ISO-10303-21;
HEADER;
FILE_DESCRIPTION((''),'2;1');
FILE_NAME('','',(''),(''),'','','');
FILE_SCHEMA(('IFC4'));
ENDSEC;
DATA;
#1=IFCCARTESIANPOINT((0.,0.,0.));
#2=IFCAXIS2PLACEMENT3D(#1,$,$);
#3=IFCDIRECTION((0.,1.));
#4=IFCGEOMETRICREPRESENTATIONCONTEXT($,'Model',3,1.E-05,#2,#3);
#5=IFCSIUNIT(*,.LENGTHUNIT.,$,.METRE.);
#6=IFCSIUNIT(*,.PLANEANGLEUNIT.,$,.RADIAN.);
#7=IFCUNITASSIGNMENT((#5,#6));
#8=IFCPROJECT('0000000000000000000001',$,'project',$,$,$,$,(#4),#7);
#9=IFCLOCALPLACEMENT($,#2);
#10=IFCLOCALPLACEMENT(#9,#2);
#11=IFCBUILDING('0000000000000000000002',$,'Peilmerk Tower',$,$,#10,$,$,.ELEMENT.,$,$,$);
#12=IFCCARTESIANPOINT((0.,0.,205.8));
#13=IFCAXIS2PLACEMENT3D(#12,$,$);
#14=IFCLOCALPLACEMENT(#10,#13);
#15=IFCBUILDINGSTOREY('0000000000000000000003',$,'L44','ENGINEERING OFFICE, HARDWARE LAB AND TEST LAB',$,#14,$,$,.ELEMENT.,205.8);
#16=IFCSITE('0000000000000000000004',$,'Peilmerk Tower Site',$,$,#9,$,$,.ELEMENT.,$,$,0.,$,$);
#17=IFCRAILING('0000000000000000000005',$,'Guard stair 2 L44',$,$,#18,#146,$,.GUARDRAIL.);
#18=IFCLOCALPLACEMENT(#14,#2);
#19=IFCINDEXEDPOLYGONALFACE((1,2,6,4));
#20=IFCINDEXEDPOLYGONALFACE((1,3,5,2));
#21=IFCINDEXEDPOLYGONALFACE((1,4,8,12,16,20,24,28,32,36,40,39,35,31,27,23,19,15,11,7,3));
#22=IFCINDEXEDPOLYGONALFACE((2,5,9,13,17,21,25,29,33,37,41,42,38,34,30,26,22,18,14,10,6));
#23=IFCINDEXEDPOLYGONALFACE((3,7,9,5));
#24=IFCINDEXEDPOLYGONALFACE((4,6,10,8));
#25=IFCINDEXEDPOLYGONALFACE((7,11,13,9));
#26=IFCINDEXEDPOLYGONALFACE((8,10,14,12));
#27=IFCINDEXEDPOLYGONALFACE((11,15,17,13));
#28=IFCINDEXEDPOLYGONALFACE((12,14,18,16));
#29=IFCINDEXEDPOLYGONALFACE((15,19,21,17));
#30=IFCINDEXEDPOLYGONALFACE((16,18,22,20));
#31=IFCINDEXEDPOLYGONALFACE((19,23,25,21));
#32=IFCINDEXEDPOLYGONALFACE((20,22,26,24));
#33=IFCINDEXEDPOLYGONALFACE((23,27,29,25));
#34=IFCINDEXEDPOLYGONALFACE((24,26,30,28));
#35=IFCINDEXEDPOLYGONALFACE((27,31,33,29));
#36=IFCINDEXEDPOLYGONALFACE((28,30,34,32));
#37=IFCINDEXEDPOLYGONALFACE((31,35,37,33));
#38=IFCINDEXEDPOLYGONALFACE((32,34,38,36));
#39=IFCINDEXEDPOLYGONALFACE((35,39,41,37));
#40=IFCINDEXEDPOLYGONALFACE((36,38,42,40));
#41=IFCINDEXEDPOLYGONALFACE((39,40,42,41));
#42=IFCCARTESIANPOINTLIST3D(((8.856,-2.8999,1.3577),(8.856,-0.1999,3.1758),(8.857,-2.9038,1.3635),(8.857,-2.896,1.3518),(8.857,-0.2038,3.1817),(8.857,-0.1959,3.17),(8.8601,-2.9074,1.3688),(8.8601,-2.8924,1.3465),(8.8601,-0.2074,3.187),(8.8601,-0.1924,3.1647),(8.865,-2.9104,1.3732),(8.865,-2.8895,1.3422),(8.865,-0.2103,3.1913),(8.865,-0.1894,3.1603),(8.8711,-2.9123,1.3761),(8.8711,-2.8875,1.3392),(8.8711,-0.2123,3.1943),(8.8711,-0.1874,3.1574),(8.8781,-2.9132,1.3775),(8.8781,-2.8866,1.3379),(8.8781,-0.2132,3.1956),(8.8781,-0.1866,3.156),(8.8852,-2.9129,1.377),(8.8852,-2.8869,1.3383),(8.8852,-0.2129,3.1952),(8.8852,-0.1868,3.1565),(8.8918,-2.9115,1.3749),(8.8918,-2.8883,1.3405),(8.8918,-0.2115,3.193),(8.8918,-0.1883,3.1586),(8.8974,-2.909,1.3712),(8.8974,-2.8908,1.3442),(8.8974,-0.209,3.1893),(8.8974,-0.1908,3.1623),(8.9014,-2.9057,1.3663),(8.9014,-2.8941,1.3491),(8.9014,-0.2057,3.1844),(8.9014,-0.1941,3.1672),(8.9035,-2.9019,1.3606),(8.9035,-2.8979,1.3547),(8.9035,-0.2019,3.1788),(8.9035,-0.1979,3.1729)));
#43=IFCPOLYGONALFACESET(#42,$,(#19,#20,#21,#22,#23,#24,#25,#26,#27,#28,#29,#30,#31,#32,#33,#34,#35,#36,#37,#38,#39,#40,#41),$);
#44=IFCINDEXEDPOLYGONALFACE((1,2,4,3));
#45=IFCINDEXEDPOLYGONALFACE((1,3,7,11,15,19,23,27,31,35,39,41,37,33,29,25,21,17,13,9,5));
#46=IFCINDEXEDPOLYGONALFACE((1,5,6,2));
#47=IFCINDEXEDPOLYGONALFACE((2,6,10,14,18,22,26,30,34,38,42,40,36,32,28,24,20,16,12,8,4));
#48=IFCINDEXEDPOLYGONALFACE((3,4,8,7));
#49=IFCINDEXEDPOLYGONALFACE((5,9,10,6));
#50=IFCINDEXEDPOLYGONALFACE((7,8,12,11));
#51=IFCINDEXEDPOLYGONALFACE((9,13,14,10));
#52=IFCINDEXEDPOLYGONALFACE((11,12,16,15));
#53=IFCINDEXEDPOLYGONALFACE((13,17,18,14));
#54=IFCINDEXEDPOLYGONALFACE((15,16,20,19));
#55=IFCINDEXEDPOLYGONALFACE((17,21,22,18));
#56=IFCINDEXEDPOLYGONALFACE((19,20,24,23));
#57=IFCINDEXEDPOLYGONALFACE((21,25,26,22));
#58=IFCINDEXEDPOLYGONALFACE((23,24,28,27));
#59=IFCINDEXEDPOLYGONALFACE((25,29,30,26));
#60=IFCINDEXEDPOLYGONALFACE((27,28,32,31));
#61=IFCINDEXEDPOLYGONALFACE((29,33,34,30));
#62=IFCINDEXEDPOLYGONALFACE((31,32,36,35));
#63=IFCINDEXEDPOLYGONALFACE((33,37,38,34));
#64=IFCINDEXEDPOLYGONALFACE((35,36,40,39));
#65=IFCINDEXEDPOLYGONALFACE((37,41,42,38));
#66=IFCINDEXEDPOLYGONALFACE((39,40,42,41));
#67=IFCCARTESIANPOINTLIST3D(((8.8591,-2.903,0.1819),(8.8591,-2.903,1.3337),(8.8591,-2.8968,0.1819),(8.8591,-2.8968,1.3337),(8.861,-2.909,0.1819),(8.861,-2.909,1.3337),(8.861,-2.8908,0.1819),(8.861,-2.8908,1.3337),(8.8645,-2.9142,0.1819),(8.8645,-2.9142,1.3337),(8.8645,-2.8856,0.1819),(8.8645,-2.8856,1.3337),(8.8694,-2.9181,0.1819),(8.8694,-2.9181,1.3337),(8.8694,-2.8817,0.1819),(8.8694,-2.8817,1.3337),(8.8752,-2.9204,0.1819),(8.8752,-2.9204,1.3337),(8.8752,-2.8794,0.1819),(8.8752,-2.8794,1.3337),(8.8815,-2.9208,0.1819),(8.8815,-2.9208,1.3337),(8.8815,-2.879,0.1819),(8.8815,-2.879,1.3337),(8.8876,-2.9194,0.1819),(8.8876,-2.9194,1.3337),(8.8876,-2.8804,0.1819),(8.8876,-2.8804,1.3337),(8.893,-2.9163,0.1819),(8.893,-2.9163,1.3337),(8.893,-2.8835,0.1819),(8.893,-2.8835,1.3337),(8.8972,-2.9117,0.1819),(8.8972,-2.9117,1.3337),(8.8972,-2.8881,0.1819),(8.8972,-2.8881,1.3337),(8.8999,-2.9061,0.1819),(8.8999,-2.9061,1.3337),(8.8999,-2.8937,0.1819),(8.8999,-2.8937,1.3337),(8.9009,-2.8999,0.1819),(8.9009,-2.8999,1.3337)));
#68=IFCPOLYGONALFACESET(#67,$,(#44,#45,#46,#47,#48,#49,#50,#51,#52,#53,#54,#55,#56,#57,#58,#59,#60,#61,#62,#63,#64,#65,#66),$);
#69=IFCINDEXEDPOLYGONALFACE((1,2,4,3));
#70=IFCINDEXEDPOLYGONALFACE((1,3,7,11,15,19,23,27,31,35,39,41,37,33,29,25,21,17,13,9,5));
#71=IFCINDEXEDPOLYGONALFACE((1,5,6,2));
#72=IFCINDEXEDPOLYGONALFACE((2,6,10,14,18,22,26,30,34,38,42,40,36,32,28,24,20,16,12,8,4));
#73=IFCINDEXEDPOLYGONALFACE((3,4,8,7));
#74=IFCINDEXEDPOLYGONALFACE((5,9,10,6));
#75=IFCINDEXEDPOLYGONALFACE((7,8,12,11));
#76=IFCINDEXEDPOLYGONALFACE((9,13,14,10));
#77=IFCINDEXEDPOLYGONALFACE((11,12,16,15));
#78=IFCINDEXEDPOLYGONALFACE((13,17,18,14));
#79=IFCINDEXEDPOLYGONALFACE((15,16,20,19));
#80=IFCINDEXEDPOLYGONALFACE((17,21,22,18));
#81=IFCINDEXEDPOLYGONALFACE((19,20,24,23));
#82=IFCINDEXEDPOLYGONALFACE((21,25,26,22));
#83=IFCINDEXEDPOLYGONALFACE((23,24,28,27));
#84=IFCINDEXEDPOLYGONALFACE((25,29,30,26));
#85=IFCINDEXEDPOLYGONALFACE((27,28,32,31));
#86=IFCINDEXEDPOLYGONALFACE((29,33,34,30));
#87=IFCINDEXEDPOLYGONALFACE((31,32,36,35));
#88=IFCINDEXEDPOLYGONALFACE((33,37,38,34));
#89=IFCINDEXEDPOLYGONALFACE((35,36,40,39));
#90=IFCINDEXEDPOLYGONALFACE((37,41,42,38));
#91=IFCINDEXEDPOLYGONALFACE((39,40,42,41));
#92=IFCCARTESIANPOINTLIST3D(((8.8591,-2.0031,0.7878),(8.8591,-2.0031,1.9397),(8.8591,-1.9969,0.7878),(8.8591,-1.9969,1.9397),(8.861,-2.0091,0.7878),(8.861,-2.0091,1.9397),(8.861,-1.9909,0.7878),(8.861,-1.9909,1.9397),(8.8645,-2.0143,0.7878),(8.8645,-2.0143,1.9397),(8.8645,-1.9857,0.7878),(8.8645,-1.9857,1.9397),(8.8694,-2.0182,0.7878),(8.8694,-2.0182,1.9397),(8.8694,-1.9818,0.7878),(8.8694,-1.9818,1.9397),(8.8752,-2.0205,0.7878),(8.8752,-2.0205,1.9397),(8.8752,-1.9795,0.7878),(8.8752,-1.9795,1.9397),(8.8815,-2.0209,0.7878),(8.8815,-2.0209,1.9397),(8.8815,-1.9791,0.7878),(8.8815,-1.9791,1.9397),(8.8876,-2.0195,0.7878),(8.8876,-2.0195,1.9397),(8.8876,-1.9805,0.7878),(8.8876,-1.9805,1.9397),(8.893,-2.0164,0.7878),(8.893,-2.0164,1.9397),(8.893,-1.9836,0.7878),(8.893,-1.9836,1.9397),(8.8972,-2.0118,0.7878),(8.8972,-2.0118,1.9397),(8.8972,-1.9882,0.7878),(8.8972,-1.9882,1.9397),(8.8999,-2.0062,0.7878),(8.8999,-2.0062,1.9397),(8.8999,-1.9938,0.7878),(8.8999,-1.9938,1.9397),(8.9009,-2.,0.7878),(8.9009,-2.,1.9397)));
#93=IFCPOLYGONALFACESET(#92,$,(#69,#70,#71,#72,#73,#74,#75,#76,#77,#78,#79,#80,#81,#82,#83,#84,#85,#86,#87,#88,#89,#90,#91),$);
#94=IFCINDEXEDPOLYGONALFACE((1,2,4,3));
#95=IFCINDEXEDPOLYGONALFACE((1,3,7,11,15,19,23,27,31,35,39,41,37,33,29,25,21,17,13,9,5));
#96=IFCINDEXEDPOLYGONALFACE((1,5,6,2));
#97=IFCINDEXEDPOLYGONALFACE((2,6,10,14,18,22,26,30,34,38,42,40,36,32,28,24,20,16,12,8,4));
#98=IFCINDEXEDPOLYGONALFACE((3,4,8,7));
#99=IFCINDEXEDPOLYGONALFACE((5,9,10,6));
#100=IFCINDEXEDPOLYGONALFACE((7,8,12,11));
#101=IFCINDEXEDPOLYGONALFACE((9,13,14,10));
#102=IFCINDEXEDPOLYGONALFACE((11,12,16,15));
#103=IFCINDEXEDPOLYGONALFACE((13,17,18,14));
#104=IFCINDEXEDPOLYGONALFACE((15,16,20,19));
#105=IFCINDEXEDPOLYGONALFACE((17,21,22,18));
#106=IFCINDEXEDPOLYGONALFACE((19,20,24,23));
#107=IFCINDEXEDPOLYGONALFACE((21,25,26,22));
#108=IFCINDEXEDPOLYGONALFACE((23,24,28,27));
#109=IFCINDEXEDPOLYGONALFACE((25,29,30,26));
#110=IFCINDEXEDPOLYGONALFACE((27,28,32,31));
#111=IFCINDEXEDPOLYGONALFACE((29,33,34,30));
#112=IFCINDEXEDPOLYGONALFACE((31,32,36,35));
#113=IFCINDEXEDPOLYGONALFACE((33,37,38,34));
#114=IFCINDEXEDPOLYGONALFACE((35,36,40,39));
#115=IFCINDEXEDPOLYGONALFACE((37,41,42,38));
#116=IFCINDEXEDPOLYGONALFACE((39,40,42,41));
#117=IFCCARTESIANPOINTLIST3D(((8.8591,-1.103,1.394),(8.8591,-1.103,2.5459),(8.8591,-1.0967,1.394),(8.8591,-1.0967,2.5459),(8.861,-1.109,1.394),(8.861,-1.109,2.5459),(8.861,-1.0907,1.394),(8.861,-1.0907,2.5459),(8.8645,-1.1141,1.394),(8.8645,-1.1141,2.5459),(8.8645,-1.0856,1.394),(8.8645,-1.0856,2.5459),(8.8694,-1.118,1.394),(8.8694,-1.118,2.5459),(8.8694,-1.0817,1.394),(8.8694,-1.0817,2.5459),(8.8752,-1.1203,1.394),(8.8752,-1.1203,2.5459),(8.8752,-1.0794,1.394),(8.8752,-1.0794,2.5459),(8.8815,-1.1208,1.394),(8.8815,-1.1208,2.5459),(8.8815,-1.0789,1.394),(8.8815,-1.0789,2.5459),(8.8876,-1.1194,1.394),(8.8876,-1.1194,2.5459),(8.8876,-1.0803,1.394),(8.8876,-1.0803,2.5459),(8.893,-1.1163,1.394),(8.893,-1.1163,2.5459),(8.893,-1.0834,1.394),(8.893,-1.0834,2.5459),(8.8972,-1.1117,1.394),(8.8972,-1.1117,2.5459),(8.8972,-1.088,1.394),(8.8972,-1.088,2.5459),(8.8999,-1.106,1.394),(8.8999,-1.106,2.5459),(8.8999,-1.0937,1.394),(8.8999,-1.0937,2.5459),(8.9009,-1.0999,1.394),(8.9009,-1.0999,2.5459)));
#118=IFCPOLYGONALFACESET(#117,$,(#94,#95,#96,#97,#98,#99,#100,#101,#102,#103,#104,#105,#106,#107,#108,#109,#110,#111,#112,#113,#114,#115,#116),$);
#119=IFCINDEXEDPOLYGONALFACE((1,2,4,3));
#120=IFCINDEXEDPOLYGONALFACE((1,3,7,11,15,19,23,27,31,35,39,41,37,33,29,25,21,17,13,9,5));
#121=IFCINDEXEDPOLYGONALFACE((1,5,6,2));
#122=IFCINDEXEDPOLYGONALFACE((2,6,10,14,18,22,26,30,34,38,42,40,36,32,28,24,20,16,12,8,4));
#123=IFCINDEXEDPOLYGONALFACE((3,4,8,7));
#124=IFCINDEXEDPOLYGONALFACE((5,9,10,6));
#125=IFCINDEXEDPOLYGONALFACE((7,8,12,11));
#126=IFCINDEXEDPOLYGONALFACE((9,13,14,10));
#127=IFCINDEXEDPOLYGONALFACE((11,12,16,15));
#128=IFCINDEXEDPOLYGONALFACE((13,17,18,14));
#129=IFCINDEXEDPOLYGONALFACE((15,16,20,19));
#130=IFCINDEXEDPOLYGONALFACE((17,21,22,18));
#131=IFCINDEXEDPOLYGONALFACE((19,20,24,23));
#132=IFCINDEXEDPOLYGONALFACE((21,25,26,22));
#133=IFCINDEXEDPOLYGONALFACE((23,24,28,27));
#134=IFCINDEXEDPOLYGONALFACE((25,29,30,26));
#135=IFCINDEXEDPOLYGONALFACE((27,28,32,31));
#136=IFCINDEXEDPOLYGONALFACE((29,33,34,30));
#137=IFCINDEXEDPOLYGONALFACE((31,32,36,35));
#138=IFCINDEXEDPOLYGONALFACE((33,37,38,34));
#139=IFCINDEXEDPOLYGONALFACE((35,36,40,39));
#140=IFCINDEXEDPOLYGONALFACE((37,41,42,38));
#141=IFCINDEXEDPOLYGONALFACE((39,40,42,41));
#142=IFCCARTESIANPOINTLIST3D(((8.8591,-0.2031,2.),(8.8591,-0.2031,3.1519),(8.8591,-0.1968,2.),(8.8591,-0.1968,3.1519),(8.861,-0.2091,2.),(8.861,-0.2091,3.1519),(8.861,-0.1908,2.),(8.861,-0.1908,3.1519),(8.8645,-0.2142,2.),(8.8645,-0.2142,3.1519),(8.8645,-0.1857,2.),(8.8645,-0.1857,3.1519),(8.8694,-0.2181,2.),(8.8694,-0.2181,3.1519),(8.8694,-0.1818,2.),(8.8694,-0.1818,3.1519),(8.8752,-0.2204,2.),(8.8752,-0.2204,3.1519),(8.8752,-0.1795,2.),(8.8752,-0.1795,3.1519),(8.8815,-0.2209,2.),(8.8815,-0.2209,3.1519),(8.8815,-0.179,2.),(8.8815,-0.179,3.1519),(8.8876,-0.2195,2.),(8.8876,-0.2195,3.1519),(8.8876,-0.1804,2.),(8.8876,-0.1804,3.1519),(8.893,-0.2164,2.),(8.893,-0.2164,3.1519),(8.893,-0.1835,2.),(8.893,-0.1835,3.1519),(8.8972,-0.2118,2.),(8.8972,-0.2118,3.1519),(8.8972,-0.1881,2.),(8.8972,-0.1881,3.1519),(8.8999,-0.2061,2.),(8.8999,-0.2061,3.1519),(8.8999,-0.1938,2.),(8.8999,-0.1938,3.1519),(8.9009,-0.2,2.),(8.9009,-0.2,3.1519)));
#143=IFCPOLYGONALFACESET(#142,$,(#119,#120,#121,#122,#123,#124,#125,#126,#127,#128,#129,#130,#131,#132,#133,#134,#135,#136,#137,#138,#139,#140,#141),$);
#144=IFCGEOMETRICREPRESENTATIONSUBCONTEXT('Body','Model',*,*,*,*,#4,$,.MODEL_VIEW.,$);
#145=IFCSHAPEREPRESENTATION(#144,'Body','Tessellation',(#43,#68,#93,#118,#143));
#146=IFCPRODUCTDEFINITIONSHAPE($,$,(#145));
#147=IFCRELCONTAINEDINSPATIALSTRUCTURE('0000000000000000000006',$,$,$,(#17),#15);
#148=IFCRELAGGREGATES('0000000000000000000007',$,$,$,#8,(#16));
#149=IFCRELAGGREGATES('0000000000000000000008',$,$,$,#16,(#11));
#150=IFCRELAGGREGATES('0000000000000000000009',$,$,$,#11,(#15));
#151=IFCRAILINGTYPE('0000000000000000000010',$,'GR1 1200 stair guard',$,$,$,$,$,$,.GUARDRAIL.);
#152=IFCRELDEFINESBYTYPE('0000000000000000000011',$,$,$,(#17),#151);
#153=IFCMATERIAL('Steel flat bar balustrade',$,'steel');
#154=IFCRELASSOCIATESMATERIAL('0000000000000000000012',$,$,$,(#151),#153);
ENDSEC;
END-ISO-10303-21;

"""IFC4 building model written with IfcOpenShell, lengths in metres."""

from ifc_helpers import new_model, si_unit, direction, frame, origin, origin_2d, place, context, subcontext, project, spatial, circle, extrude, material, type_object, element, save


model = new_model("IFC4")

# Units and contexts
model_context = context("Model", 3, precision=1e-05, world=origin(), true_north=direction((0.0, 1.0)))
body_context = subcontext(model_context, "Body", "Model", "MODEL_VIEW")
ifc_project = project(units=[si_unit("LENGTHUNIT", "METRE"), si_unit("PLANEANGLEUNIT", "RADIAN")], contexts=[model_context])

# Site, building, storey
site_placement = place(None, origin())
site = spatial("IfcSite", under=ifc_project, at=site_placement, Name="Peilmerk Tower Site", CompositionType="ELEMENT", RefElevation=0.0)
building_placement = place(site_placement, origin())
building = spatial("IfcBuilding", under=site, at=building_placement, Name="Peilmerk Tower", CompositionType="ELEMENT")
storey_placement = place(building_placement, frame((0.0, 0.0, 205.8)))
storey = spatial("IfcBuildingStorey", under=building, at=storey_placement, Name="L44", Description="ENGINEERING OFFICE, HARDWARE LAB AND TEST LAB", CompositionType="ELEMENT", Elevation=205.8)

# Railing
ifc_material_1 = material(Name="Steel flat bar balustrade", Category="steel")
railing_type_1 = type_object("IfcRailingType", Name="GR1 1200 stair guard", PredefinedType="GUARDRAIL", material=ifc_material_1)
railing_1_placement = place(storey_placement, frame((8.8799, -2.8999, 0.1819)))
element("IfcRailing", 1, at=railing_1_placement, inside=storey, type_object=railing_type_1, Name="Guard stair 2 L44", PredefinedType="GUARDRAIL", context=body_context, shape_type="SweptSolid", body=[
    extrude(circle(Radius=0.0239, at=origin_2d()), frame((0.0, 0.0, 1.1758), z_axis=(0.0, 0.829468, 0.558554), x_axis=(-1.0, 0.0, 0.0)), (0.0, 0.0, 1.0), 3.2551),
    extrude(circle(Radius=0.021, at=origin_2d()), origin(), (0.0, 0.0, 1.0), 1.1519),
    extrude(circle(Radius=0.021, at=origin_2d()), frame((0.0, 0.8999, 0.606)), (0.0, 0.0, 1.0), 1.1519),
    extrude(circle(Radius=0.021, at=origin_2d()), frame((0.0, 1.8, 1.2122)), (0.0, 0.0, 1.0), 1.1519),
    extrude(circle(Radius=0.021, at=origin_2d()), frame((0.0, 2.7, 1.8181)), (0.0, 0.0, 1.0), 1.1519),
])

save(model, "model.ifc")
